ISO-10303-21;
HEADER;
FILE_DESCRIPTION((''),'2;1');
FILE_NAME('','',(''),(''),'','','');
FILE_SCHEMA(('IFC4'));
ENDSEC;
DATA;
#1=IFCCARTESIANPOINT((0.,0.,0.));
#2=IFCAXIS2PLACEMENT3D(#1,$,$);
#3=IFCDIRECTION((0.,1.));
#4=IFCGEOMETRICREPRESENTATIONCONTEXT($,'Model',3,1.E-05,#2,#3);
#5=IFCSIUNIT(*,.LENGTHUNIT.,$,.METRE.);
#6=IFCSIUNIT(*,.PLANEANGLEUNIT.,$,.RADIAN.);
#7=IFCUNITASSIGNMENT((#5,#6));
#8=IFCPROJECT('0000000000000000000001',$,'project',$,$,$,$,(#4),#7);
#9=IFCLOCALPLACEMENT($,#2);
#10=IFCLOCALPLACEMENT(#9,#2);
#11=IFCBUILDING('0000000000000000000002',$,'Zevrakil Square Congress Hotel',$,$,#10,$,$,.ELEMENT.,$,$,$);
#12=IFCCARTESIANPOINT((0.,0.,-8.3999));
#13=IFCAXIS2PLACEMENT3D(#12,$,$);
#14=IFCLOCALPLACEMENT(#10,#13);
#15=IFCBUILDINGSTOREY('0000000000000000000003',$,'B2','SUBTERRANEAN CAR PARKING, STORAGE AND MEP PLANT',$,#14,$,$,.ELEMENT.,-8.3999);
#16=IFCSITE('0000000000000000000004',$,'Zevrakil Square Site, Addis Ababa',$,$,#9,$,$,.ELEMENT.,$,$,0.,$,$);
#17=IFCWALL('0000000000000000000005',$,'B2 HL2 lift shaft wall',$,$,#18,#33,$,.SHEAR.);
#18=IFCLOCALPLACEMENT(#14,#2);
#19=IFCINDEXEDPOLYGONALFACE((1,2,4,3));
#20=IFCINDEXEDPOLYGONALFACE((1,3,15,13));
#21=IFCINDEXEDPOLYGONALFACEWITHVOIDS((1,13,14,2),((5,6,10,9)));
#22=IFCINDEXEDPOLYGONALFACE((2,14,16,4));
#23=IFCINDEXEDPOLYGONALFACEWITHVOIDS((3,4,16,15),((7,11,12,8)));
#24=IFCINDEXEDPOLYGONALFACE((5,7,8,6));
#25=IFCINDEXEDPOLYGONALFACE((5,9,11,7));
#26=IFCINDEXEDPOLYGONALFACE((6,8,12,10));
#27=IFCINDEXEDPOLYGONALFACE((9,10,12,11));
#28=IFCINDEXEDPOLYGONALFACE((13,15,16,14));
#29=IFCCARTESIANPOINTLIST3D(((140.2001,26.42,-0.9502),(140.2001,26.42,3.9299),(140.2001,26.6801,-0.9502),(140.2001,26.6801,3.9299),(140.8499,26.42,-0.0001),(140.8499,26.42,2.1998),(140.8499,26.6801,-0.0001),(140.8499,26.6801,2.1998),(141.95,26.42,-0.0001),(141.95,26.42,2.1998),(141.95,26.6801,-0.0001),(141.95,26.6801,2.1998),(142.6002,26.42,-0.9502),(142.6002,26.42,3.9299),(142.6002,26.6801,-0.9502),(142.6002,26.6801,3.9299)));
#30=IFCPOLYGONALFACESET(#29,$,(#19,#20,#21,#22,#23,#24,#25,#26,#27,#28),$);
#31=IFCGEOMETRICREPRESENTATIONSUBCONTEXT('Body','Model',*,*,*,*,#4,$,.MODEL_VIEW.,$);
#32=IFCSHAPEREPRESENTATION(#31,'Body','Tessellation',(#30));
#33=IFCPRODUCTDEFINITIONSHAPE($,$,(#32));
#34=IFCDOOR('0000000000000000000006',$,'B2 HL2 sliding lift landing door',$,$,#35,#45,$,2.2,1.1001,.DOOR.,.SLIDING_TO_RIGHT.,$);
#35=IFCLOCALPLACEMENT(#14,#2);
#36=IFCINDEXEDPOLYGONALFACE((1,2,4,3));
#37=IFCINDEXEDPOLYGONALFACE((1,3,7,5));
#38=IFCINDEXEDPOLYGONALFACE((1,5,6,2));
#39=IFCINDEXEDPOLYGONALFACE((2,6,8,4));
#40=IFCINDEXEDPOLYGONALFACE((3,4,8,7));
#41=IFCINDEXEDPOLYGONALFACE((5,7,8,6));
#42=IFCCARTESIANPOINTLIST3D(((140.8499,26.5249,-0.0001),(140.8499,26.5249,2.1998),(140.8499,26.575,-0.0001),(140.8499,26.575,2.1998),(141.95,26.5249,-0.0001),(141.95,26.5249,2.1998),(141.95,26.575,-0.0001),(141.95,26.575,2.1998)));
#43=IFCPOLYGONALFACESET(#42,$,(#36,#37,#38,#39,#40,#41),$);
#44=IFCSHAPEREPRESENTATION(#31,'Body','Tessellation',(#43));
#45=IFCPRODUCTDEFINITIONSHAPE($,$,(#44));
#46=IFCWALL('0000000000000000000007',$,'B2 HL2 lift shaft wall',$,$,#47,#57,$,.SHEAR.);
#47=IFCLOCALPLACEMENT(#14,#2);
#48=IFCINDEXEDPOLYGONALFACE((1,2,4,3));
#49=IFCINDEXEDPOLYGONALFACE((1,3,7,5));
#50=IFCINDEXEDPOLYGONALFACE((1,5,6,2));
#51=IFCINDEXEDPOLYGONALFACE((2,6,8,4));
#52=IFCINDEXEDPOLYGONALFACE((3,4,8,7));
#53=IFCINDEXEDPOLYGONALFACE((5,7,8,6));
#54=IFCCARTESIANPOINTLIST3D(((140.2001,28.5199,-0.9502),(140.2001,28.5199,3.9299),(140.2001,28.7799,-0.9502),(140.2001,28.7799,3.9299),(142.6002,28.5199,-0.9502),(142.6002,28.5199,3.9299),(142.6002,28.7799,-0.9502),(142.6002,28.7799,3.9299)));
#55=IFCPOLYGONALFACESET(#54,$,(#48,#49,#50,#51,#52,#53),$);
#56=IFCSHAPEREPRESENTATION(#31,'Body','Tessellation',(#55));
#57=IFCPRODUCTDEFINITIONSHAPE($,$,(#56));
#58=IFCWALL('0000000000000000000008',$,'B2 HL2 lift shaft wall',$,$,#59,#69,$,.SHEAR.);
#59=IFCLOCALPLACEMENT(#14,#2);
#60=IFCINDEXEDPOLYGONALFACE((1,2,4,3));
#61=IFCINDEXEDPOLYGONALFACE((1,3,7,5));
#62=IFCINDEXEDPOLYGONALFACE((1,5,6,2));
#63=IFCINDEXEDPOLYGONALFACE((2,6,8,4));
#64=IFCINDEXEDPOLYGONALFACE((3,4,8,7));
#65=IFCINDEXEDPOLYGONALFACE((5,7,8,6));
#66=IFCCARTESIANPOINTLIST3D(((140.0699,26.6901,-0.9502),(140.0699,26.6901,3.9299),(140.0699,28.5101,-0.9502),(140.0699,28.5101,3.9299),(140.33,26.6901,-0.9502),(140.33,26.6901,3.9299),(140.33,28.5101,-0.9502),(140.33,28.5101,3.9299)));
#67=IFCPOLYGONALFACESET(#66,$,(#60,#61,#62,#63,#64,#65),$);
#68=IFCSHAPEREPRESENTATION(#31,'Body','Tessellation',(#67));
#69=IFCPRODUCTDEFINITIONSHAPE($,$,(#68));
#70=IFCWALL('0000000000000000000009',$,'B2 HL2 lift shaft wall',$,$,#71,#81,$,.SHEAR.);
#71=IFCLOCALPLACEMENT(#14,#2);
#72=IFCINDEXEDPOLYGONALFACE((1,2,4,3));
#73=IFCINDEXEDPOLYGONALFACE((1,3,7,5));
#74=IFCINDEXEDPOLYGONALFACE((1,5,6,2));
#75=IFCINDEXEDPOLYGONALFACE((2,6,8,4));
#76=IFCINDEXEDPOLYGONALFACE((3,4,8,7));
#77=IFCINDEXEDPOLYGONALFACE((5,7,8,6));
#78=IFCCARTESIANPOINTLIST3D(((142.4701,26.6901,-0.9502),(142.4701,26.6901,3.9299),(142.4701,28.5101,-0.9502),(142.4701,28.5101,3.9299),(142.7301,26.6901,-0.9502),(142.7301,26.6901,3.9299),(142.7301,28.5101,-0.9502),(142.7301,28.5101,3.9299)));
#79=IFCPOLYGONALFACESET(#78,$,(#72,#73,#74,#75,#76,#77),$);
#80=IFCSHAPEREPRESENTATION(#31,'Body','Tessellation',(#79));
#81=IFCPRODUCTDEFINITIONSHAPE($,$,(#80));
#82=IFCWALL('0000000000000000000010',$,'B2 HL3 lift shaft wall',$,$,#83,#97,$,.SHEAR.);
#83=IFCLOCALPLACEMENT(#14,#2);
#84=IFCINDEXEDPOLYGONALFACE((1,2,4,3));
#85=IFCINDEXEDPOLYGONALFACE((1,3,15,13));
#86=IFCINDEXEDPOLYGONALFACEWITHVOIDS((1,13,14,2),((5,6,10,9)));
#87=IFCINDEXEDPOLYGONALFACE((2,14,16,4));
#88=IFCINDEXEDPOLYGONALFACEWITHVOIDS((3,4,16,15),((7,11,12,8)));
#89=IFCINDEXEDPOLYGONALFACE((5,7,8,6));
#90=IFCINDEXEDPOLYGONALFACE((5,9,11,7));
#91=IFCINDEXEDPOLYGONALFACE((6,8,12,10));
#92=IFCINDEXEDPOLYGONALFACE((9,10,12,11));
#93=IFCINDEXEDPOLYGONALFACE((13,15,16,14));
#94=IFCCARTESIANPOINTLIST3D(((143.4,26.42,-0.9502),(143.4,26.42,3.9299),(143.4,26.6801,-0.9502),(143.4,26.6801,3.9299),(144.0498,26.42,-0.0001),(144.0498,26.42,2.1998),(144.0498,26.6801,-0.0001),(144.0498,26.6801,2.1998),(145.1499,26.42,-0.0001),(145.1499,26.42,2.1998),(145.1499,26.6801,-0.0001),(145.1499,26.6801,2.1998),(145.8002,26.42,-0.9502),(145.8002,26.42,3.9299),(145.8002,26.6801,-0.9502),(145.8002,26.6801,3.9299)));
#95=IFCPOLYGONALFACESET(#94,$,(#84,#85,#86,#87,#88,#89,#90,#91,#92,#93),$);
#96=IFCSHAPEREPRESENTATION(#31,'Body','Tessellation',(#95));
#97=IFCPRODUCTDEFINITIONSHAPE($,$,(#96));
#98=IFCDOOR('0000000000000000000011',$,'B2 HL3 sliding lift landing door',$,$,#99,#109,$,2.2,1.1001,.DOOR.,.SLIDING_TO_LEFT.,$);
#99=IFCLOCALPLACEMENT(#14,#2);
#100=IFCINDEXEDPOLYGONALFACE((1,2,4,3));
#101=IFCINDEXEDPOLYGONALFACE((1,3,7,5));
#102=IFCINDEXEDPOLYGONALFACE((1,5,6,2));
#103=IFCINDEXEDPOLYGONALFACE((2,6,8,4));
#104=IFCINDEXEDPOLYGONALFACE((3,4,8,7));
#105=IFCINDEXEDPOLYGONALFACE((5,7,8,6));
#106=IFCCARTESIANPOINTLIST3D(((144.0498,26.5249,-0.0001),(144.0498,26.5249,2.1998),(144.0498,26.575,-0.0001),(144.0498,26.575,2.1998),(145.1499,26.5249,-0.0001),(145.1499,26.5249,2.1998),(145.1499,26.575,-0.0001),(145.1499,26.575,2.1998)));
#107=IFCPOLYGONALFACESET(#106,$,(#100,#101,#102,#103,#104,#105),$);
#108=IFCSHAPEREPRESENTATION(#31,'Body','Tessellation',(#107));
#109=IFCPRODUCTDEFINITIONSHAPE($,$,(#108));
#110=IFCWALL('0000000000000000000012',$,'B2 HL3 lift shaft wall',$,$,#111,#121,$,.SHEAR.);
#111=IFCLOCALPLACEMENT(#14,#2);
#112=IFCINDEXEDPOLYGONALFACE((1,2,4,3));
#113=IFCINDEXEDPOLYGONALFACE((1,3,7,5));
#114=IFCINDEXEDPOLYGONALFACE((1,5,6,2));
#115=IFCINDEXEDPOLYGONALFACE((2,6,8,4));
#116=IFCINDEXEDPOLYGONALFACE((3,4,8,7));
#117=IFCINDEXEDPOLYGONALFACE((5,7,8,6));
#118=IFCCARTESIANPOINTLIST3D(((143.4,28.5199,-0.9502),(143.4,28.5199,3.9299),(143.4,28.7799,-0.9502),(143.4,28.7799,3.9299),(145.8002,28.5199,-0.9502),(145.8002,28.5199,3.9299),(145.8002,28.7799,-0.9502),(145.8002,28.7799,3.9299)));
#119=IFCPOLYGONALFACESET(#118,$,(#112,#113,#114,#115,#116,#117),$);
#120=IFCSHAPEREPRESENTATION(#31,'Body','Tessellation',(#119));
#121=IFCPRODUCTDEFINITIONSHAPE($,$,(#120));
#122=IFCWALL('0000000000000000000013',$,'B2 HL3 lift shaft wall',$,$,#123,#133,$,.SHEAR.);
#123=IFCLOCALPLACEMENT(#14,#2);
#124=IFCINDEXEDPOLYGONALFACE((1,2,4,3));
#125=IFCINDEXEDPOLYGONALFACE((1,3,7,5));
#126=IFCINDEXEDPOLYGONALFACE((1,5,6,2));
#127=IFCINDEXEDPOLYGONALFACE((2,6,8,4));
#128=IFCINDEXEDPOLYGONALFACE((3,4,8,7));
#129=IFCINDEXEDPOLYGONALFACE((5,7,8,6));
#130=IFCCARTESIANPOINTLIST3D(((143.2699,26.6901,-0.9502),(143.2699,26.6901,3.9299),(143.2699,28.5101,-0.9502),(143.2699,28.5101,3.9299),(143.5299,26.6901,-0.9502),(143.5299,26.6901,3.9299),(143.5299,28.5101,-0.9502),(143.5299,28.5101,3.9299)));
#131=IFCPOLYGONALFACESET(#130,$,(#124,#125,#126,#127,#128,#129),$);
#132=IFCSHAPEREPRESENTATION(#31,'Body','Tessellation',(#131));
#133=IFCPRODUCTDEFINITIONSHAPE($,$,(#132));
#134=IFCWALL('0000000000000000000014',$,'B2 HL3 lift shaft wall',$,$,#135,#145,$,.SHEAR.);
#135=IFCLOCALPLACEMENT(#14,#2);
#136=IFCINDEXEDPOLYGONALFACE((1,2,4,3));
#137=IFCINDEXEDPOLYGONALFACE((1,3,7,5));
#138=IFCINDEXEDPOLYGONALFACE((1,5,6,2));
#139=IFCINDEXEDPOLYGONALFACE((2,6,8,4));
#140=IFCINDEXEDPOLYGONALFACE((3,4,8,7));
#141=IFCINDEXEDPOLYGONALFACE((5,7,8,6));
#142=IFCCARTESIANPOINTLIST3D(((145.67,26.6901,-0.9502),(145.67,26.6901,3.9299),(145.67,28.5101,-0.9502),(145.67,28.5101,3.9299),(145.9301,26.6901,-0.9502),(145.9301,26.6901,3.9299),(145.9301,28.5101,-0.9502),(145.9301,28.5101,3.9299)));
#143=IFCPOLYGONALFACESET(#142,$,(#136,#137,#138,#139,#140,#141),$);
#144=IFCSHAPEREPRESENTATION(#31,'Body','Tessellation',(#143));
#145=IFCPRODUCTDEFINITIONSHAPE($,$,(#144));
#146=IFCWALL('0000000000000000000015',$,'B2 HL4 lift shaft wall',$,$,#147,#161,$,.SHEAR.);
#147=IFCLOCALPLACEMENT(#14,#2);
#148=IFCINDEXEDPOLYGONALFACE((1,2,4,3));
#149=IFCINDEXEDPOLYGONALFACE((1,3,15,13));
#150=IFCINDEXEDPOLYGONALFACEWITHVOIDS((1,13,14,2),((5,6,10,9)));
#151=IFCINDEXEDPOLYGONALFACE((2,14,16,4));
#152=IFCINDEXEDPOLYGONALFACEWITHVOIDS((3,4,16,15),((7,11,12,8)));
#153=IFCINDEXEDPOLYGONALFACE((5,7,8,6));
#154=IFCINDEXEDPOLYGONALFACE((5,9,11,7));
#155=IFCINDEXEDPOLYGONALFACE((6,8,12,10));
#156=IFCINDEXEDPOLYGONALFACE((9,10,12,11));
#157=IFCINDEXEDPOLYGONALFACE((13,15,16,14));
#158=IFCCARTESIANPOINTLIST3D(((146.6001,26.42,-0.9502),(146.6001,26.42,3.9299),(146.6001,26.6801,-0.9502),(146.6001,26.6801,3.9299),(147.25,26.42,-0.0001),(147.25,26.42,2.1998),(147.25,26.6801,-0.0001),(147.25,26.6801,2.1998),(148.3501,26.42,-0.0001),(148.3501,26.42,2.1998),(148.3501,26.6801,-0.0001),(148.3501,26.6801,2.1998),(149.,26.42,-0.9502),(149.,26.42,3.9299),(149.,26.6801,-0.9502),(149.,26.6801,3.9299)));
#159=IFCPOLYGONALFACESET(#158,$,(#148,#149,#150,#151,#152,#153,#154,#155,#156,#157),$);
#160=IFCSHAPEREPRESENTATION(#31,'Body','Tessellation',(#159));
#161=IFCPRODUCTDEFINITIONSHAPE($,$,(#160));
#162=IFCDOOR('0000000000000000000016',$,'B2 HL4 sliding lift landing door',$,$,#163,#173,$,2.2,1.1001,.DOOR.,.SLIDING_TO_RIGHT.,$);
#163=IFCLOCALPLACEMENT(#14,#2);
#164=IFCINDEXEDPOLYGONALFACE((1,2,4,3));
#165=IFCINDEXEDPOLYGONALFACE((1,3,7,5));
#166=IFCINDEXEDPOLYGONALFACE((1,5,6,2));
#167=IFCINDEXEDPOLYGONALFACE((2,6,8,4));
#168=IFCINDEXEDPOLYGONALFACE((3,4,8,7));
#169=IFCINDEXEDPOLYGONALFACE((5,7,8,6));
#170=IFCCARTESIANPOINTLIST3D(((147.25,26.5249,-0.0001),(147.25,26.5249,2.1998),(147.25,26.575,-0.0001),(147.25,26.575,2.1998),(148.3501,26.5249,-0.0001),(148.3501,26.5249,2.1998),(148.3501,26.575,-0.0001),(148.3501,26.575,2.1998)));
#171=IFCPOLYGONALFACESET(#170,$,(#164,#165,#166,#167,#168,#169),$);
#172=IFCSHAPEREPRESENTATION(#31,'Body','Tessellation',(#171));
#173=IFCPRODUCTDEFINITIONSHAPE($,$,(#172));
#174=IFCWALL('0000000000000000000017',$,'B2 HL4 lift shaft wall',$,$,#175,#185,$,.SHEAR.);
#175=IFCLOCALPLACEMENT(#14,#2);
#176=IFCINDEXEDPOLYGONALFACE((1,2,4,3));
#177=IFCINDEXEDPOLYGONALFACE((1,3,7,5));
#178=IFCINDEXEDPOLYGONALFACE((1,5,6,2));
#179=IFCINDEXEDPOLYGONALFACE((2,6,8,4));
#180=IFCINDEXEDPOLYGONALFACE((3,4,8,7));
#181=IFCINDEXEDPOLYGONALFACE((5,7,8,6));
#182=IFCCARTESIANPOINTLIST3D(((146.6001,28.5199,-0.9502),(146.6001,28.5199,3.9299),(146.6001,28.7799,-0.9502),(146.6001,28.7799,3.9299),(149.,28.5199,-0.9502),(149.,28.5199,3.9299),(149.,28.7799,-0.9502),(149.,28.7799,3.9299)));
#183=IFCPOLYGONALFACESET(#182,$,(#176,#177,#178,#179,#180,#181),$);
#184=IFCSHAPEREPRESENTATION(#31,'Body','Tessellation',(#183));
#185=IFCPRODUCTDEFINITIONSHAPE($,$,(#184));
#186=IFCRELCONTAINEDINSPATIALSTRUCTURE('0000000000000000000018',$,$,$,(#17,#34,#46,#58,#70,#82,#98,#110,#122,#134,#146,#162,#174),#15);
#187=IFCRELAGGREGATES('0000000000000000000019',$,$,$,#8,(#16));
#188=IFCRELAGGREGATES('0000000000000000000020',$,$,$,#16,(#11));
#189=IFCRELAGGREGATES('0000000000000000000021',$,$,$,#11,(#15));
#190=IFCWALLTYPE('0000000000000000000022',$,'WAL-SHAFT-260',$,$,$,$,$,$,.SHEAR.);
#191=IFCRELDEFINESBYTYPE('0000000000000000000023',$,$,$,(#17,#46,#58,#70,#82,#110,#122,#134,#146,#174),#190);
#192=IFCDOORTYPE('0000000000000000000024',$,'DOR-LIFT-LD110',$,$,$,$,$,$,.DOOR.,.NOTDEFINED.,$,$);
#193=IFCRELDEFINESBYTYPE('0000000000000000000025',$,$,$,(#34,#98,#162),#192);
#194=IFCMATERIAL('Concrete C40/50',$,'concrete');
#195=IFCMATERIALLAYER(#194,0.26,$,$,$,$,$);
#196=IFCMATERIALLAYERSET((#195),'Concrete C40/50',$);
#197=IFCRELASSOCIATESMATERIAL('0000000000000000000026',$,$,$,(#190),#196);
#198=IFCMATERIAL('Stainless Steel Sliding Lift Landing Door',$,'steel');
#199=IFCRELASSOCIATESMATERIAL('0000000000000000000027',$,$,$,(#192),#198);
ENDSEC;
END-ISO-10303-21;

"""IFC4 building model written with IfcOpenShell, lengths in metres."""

from ifc_helpers import new_model, si_unit, direction, frame, frame_2d, origin, place, context, subcontext, project, spatial, rectangle, extrude, material, layer, layer_set, type_object, element, fill, save


model = new_model("IFC4")

# Units and contexts
model_context = context("Model", 3, precision=1e-05, world=origin(), true_north=direction((0.0, 1.0)))
body_context = subcontext(model_context, "Body", "Model", "MODEL_VIEW")
ifc_project = project(units=[si_unit("LENGTHUNIT", "METRE"), si_unit("PLANEANGLEUNIT", "RADIAN")], contexts=[model_context])

# Site, building, storey
site_placement = place(None, origin())
site = spatial("IfcSite", under=ifc_project, at=site_placement, Name="Zevrakil Square Site, Addis Ababa", CompositionType="ELEMENT", RefElevation=0.0)
building_placement = place(site_placement, origin())
building = spatial("IfcBuilding", under=site, at=building_placement, Name="Zevrakil Square Congress Hotel", CompositionType="ELEMENT")
storey_placement = place(building_placement, frame((0.0, 0.0, -8.3999)))
storey = spatial("IfcBuildingStorey", under=building, at=storey_placement, Name="B2", Description="SUBTERRANEAN CAR PARKING, STORAGE AND MEP PLANT", CompositionType="ELEMENT", Elevation=-8.3999)

# Shared definitions
ifc_material_1 = material(Name="Concrete C40/50", Category="concrete")
ifc_layer = layer(ifc_material_1, 0.26)
ifc_layer_set = layer_set([ifc_layer], Name="Concrete C40/50")
wall_type = type_object("IfcWallType", Name="WAL-SHAFT-260", PredefinedType="SHEAR", material=ifc_layer_set)

# Shared definitions
ifc_material_2 = material(Name="Stainless Steel Sliding Lift Landing Door", Category="steel")
door_type_1 = type_object("IfcDoorType", Name="DOR-LIFT-LD110", OperationType="NOTDEFINED", PredefinedType="DOOR", material=ifc_material_2)

# Wall, opening, door
wall_1_placement = place(storey_placement, frame((140.2, 26.55, -0.9502), z_axis=(0.0, 0.0, 1.0), x_axis=(1.0, 0.0, 0.0)))
wall_1 = element("IfcWall", 1, at=wall_1_placement, inside=storey, type_object=wall_type, Name="B2 HL2 lift shaft wall", PredefinedType="SHEAR", context=body_context, shape_type="SweptSolid", body=[
    extrude(rectangle(XDim=2.4001, YDim=0.26, at=frame_2d((1.2002, 0.0))), origin(), (0.0, 0.0, 1.0), 4.8801),
])
opening_1_placement = place(wall_1_placement, frame((0.6499, 0.0, 0.95)))
opening_1 = element("IfcOpeningElement", 2, at=opening_1_placement, cuts=wall_1, PredefinedType="OPENING", context=body_context, shape_type="SweptSolid", body=[
    extrude(rectangle(XDim=1.1001, YDim=2.2, at=frame_2d((0.55, 1.1001))), frame((0.0, 0.1401, 0.0), z_axis=(0.0, -1.0, 0.0), x_axis=(1.0, 0.0, 0.0)), (0.0, 0.0, 1.0), 0.28),
])
door_1_placement = place(opening_1_placement, origin())
door_1 = element("IfcDoor", 3, at=door_1_placement, inside=storey, type_object=door_type_1, Name="B2 HL2 sliding lift landing door", OperationType="SLIDING_TO_RIGHT", OverallHeight=2.2, OverallWidth=1.1001, PredefinedType="DOOR", context=body_context, shape_type="SweptSolid", body=[
    extrude(rectangle(XDim=1.1001, YDim=2.2, at=frame_2d((0.55, 1.1001))), frame((0.0, 0.0249, 0.0), z_axis=(0.0, -1.0, 0.0), x_axis=(1.0, 0.0, 0.0)), (0.0, 0.0, 1.0), 0.05),
])
fill(opening_1, door_1)

# Walls
wall_2_placement = place(storey_placement, frame((140.2, 28.6499, -0.9502), z_axis=(0.0, 0.0, 1.0), x_axis=(1.0, 0.0, 0.0)))
element("IfcWall", 4, at=wall_2_placement, inside=storey, type_object=wall_type, Name="B2 HL2 lift shaft wall", PredefinedType="SHEAR", context=body_context, shape_type="SweptSolid", body=[
    extrude(rectangle(XDim=2.4001, YDim=0.26, at=frame_2d((1.2002, 0.0))), origin(), (0.0, 0.0, 1.0), 4.8801),
])
for number, where, z_axis, x_axis, name in (
    (5, (140.2, 26.6899, -0.9502), (0.0, 0.0, 1.0), (0.0, 1.0, 0.0), "B2 HL2 lift shaft wall"),
    (6, (142.6001, 26.6899, -0.9502), (0.0, 0.0, 1.0), (0.0, 1.0, 0.0), "B2 HL2 lift shaft wall"),
):
    element("IfcWall", number, at=place(storey_placement, frame(where, z_axis=z_axis, x_axis=x_axis)), inside=storey, type_object=wall_type, Name=name, PredefinedType="SHEAR", context=body_context, shape_type="SweptSolid", body=[
        extrude(rectangle(XDim=1.8201, YDim=0.26, at=frame_2d((0.9102, 0.0))), origin(), (0.0, 0.0, 1.0), 4.8801),
    ])

# Wall, opening, door
wall_3_placement = place(storey_placement, frame((143.3999, 26.55, -0.9502), z_axis=(0.0, 0.0, 1.0), x_axis=(1.0, 0.0, 0.0)))
wall_3 = element("IfcWall", 7, at=wall_3_placement, inside=storey, type_object=wall_type, Name="B2 HL3 lift shaft wall", PredefinedType="SHEAR", context=body_context, shape_type="SweptSolid", body=[
    extrude(rectangle(XDim=2.4001, YDim=0.26, at=frame_2d((1.2002, 0.0))), origin(), (0.0, 0.0, 1.0), 4.8801),
])
opening_2_placement = place(wall_3_placement, frame((0.6499, 0.0, 0.95)))
opening_2 = element("IfcOpeningElement", 8, at=opening_2_placement, cuts=wall_3, PredefinedType="OPENING", context=body_context, shape_type="SweptSolid", body=[
    extrude(rectangle(XDim=1.1001, YDim=2.2, at=frame_2d((0.55, 1.1001))), frame((0.0, 0.1401, 0.0), z_axis=(0.0, -1.0, 0.0), x_axis=(1.0, 0.0, 0.0)), (0.0, 0.0, 1.0), 0.28),
])
door_2_placement = place(opening_2_placement, origin())
door_2 = element("IfcDoor", 9, at=door_2_placement, inside=storey, type_object=door_type_1, Name="B2 HL3 sliding lift landing door", OperationType="SLIDING_TO_LEFT", OverallHeight=2.2, OverallWidth=1.1001, PredefinedType="DOOR", context=body_context, shape_type="SweptSolid", body=[
    extrude(rectangle(XDim=1.1001, YDim=2.2, at=frame_2d((0.55, 1.1001))), frame((0.0, 0.0249, 0.0), z_axis=(0.0, -1.0, 0.0), x_axis=(1.0, 0.0, 0.0)), (0.0, 0.0, 1.0), 0.05),
])
fill(opening_2, door_2)

# Walls
wall_4_placement = place(storey_placement, frame((143.3999, 28.6499, -0.9502), z_axis=(0.0, 0.0, 1.0), x_axis=(1.0, 0.0, 0.0)))
element("IfcWall", 10, at=wall_4_placement, inside=storey, type_object=wall_type, Name="B2 HL3 lift shaft wall", PredefinedType="SHEAR", context=body_context, shape_type="SweptSolid", body=[
    extrude(rectangle(XDim=2.4001, YDim=0.26, at=frame_2d((1.2002, 0.0))), origin(), (0.0, 0.0, 1.0), 4.8801),
])
for number, where, z_axis, x_axis, name in (
    (11, (143.3999, 26.6899, -0.9502), (0.0, 0.0, 1.0), (0.0, 1.0, 0.0), "B2 HL3 lift shaft wall"),
    (12, (145.8, 26.6899, -0.9502), (0.0, 0.0, 1.0), (0.0, 1.0, 0.0), "B2 HL3 lift shaft wall"),
):
    element("IfcWall", number, at=place(storey_placement, frame(where, z_axis=z_axis, x_axis=x_axis)), inside=storey, type_object=wall_type, Name=name, PredefinedType="SHEAR", context=body_context, shape_type="SweptSolid", body=[
        extrude(rectangle(XDim=1.8201, YDim=0.26, at=frame_2d((0.9102, 0.0))), origin(), (0.0, 0.0, 1.0), 4.8801),
    ])

# Wall, opening, door
wall_5_placement = place(storey_placement, frame((146.6001, 26.55, -0.9502), z_axis=(0.0, 0.0, 1.0), x_axis=(1.0, 0.0, 0.0)))
wall_5 = element("IfcWall", 13, at=wall_5_placement, inside=storey, type_object=wall_type, Name="B2 HL4 lift shaft wall", PredefinedType="SHEAR", context=body_context, shape_type="SweptSolid", body=[
    extrude(rectangle(XDim=2.3999, YDim=0.26, at=frame_2d((1.2, 0.0))), origin(), (0.0, 0.0, 1.0), 4.8801),
])
opening_3_placement = place(wall_5_placement, frame((0.6499, 0.0, 0.95)))
opening_3 = element("IfcOpeningElement", 14, at=opening_3_placement, cuts=wall_5, PredefinedType="OPENING", context=body_context, shape_type="SweptSolid", body=[
    extrude(rectangle(XDim=1.1001, YDim=2.2, at=frame_2d((0.55, 1.1001))), frame((0.0, 0.1401, 0.0), z_axis=(0.0, -1.0, 0.0), x_axis=(1.0, 0.0, 0.0)), (0.0, 0.0, 1.0), 0.28),
])
door_3_placement = place(opening_3_placement, origin())
door_3 = element("IfcDoor", 15, at=door_3_placement, inside=storey, type_object=door_type_1, Name="B2 HL4 sliding lift landing door", OperationType="SLIDING_TO_RIGHT", OverallHeight=2.2, OverallWidth=1.1001, PredefinedType="DOOR", context=body_context, shape_type="SweptSolid", body=[
    extrude(rectangle(XDim=1.1001, YDim=2.2, at=frame_2d((0.55, 1.1001))), frame((0.0, 0.0249, 0.0), z_axis=(0.0, -1.0, 0.0), x_axis=(1.0, 0.0, 0.0)), (0.0, 0.0, 1.0), 0.05),
])
fill(opening_3, door_3)

# Wall
wall_6_placement = place(storey_placement, frame((146.6001, 28.6499, -0.9502), z_axis=(0.0, 0.0, 1.0), x_axis=(1.0, 0.0, 0.0)))
element("IfcWall", 16, at=wall_6_placement, inside=storey, type_object=wall_type, Name="B2 HL4 lift shaft wall", PredefinedType="SHEAR", context=body_context, shape_type="SweptSolid", body=[
    extrude(rectangle(XDim=2.3999, YDim=0.26, at=frame_2d((1.2, 0.0))), origin(), (0.0, 0.0, 1.0), 4.8801),
])

save(model, "model.ifc")
